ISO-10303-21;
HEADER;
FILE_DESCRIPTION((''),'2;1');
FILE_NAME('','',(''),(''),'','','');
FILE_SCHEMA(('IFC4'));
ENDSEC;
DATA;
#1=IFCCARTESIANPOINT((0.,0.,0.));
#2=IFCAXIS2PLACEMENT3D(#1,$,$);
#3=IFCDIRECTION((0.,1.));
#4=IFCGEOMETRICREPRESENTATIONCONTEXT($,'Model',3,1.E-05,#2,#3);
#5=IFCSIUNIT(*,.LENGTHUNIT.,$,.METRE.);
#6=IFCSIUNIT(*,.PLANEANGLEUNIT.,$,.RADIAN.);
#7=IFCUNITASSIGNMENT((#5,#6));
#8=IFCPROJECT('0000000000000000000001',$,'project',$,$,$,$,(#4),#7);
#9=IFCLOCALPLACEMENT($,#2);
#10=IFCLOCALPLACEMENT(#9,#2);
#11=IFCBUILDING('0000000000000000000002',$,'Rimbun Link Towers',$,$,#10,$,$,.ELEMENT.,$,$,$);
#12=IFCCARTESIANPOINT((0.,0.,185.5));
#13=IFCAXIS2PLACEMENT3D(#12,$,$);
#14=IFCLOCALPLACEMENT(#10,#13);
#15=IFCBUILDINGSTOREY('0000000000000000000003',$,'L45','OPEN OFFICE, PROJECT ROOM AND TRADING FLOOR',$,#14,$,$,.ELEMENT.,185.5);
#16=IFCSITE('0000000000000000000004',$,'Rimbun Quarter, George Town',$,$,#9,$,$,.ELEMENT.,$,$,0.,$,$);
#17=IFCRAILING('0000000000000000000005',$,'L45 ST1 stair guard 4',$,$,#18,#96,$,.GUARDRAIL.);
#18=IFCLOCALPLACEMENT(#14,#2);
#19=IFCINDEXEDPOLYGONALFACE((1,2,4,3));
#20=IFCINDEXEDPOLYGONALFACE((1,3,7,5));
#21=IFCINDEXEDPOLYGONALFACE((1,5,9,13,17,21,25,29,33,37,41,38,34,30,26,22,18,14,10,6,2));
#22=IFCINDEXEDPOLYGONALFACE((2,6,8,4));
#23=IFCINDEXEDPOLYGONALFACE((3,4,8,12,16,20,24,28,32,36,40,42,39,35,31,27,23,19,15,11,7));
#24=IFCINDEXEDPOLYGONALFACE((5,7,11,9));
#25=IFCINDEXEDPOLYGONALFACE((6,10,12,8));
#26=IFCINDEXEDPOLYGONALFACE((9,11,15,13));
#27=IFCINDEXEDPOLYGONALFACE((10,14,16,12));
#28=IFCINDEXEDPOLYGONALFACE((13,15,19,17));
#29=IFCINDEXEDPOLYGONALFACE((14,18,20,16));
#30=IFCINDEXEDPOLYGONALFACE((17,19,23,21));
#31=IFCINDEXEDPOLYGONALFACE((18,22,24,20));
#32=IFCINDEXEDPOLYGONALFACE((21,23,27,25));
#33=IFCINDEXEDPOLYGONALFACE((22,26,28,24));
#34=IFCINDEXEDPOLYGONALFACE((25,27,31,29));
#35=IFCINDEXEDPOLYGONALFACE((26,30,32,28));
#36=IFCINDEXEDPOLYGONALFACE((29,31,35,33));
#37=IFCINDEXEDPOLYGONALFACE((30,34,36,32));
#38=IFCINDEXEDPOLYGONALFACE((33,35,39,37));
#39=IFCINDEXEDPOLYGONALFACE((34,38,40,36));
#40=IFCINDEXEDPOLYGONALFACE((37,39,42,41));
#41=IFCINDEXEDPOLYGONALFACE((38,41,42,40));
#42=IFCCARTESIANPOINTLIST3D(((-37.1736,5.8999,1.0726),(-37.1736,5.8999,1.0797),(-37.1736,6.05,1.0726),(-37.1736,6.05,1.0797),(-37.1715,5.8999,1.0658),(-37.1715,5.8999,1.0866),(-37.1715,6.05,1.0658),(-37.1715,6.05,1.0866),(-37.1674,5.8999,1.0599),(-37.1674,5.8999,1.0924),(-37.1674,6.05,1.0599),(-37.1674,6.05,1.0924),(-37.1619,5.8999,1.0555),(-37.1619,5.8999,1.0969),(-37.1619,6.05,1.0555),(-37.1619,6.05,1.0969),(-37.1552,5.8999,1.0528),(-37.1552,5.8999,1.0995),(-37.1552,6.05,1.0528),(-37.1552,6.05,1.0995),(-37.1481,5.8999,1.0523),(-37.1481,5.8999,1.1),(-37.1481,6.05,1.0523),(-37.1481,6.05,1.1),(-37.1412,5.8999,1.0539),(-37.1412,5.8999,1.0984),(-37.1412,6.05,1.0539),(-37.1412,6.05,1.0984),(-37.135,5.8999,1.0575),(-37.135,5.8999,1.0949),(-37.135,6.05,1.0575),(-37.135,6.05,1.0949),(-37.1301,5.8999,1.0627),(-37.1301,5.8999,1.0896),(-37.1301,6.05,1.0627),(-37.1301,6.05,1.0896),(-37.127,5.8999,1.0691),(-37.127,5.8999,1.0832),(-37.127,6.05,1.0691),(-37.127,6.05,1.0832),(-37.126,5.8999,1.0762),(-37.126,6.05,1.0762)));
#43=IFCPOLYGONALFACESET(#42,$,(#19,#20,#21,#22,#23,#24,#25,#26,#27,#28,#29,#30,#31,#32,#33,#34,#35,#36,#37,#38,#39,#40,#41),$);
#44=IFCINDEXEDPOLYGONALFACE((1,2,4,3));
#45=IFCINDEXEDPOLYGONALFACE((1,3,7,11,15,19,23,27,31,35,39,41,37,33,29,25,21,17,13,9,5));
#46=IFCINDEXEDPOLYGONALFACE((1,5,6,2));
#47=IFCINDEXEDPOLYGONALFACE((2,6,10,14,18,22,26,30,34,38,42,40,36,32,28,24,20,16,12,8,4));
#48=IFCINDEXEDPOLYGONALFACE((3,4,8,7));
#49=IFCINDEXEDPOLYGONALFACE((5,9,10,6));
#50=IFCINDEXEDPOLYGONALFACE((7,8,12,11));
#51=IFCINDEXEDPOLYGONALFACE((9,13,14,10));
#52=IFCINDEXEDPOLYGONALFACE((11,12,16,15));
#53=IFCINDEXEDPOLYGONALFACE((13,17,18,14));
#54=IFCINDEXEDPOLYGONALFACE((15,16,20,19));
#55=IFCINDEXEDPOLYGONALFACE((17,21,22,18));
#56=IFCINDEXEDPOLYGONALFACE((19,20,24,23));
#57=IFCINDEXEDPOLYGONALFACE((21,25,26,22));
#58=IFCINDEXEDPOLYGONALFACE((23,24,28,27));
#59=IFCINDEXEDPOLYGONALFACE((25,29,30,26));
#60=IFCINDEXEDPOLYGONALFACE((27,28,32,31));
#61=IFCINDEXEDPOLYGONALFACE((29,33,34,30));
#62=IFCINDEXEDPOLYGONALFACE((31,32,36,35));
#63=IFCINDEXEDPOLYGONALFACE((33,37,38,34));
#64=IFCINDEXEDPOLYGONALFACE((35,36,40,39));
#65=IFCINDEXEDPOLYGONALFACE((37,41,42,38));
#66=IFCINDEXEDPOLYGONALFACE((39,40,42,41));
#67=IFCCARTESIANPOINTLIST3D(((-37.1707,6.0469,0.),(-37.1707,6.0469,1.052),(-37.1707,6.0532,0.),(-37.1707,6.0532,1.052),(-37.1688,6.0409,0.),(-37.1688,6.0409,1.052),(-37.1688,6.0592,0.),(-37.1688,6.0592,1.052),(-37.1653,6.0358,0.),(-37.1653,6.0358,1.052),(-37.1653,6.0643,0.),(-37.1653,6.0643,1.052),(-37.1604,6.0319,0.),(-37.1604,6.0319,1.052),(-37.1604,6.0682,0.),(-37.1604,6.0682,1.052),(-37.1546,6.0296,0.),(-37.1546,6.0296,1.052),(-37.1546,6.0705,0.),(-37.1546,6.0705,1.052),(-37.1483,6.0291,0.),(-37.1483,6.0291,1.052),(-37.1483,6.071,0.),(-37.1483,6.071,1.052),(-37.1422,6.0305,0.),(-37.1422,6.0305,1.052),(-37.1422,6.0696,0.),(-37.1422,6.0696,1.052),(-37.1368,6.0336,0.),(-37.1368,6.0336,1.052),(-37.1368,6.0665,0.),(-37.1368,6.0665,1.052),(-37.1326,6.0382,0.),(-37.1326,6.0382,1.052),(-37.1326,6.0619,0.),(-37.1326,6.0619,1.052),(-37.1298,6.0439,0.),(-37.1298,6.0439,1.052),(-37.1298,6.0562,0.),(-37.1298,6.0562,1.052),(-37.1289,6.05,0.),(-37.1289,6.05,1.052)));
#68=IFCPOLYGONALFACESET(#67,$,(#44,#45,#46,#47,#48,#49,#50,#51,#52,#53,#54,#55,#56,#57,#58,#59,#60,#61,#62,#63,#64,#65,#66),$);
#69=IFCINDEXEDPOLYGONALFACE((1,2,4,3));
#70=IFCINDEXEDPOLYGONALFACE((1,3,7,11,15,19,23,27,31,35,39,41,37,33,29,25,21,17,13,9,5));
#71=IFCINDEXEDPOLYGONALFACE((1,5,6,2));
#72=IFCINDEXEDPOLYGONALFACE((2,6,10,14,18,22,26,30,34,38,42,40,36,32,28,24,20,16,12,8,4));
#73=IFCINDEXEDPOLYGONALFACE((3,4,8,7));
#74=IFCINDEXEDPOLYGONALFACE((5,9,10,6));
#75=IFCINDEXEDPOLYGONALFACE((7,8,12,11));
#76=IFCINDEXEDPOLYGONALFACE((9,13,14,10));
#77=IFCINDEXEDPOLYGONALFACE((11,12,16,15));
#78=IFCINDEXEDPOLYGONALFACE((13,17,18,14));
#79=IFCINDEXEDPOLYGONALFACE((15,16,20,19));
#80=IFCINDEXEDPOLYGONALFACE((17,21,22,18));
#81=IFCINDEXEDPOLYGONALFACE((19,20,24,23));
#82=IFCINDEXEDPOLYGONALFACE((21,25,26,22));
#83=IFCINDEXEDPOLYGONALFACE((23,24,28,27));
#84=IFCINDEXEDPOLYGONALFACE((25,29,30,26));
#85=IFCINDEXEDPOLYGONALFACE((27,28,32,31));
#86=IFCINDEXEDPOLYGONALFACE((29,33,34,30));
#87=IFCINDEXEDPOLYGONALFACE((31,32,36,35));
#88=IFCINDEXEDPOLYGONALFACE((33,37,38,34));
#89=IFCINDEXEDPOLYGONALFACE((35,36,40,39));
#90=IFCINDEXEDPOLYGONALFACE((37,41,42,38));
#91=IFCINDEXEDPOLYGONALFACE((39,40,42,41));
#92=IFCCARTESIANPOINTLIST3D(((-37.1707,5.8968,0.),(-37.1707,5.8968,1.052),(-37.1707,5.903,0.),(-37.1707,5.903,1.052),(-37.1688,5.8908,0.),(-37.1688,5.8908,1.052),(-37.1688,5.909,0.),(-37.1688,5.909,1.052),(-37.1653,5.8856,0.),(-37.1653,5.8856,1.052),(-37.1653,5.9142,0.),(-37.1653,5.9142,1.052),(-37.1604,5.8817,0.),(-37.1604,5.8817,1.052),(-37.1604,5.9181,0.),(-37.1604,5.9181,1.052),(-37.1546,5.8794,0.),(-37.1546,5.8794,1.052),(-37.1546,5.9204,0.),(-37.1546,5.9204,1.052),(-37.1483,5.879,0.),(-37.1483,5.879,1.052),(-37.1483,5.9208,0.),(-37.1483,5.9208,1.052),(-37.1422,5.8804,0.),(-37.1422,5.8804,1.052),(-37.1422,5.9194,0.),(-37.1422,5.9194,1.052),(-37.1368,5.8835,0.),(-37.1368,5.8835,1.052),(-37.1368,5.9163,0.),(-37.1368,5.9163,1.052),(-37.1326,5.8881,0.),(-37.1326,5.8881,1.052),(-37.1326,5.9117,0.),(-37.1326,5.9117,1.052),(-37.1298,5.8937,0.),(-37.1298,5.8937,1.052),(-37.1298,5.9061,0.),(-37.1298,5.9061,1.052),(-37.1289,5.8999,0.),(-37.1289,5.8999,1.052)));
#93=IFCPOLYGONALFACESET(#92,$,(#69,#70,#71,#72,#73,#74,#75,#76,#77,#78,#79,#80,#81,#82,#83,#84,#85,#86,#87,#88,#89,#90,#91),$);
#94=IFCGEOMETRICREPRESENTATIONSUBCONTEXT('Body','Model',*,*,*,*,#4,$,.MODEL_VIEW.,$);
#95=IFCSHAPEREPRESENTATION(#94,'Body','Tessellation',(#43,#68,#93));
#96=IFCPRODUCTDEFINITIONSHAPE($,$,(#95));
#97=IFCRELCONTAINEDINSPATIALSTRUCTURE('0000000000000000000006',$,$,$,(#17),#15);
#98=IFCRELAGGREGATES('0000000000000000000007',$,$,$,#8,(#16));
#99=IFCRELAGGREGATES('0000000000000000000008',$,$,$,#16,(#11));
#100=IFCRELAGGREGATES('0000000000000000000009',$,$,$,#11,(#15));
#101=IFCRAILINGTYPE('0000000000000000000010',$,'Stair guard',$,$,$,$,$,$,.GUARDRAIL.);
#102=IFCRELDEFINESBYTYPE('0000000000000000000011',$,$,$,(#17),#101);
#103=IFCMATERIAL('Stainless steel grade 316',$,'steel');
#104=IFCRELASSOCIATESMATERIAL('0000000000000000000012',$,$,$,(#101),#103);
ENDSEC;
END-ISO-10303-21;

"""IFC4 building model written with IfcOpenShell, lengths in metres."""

from ifc_helpers import new_model, si_unit, direction, frame, origin, origin_2d, place, context, subcontext, project, spatial, circle, extrude, material, type_object, element, save


model = new_model("IFC4")

# Units and contexts
model_context = context("Model", 3, precision=1e-05, world=origin(), true_north=direction((0.0, 1.0)))
body_context = subcontext(model_context, "Body", "Model", "MODEL_VIEW")
ifc_project = project(units=[si_unit("LENGTHUNIT", "METRE"), si_unit("PLANEANGLEUNIT", "RADIAN")], contexts=[model_context])

# Site, building, storey
site_placement = place(None, origin())
site = spatial("IfcSite", under=ifc_project, at=site_placement, Name="Rimbun Quarter, George Town", CompositionType="ELEMENT", RefElevation=0.0)
building_placement = place(site_placement, origin())
building = spatial("IfcBuilding", under=site, at=building_placement, Name="Rimbun Link Towers", CompositionType="ELEMENT")
storey_placement = place(building_placement, frame((0.0, 0.0, 185.5)))
storey = spatial("IfcBuildingStorey", under=building, at=storey_placement, Name="L45", Description="OPEN OFFICE, PROJECT ROOM AND TRADING FLOOR", CompositionType="ELEMENT", Elevation=185.5)

# Railing
ifc_material_1 = material(Name="Stainless steel grade 316", Category="steel")
railing_type_1 = type_object("IfcRailingType", Name="Stair guard", PredefinedType="GUARDRAIL", material=ifc_material_1)
railing_1_placement = place(storey_placement, frame((-37.1499, 6.05, 0.0)))
element("IfcRailing", 1, at=railing_1_placement, inside=storey, type_object=railing_type_1, Name="L45 ST1 stair guard 4", PredefinedType="GUARDRAIL", context=body_context, shape_type="SweptSolid", body=[
    extrude(circle(Radius=0.0239, at=origin_2d()), frame((0.0, 0.0, 1.0762), z_axis=(0.0, -1.0, 0.0), x_axis=(1.0, 0.0, 0.0)), (0.0, 0.0, 1.0), 0.1501),
    extrude(circle(Radius=0.021, at=origin_2d()), origin(), (0.0, 0.0, 1.0), 1.052),
    extrude(circle(Radius=0.021, at=origin_2d()), frame((0.0, -0.1501, 0.0)), (0.0, 0.0, 1.0), 1.052),
])

save(model, "model.ifc")
